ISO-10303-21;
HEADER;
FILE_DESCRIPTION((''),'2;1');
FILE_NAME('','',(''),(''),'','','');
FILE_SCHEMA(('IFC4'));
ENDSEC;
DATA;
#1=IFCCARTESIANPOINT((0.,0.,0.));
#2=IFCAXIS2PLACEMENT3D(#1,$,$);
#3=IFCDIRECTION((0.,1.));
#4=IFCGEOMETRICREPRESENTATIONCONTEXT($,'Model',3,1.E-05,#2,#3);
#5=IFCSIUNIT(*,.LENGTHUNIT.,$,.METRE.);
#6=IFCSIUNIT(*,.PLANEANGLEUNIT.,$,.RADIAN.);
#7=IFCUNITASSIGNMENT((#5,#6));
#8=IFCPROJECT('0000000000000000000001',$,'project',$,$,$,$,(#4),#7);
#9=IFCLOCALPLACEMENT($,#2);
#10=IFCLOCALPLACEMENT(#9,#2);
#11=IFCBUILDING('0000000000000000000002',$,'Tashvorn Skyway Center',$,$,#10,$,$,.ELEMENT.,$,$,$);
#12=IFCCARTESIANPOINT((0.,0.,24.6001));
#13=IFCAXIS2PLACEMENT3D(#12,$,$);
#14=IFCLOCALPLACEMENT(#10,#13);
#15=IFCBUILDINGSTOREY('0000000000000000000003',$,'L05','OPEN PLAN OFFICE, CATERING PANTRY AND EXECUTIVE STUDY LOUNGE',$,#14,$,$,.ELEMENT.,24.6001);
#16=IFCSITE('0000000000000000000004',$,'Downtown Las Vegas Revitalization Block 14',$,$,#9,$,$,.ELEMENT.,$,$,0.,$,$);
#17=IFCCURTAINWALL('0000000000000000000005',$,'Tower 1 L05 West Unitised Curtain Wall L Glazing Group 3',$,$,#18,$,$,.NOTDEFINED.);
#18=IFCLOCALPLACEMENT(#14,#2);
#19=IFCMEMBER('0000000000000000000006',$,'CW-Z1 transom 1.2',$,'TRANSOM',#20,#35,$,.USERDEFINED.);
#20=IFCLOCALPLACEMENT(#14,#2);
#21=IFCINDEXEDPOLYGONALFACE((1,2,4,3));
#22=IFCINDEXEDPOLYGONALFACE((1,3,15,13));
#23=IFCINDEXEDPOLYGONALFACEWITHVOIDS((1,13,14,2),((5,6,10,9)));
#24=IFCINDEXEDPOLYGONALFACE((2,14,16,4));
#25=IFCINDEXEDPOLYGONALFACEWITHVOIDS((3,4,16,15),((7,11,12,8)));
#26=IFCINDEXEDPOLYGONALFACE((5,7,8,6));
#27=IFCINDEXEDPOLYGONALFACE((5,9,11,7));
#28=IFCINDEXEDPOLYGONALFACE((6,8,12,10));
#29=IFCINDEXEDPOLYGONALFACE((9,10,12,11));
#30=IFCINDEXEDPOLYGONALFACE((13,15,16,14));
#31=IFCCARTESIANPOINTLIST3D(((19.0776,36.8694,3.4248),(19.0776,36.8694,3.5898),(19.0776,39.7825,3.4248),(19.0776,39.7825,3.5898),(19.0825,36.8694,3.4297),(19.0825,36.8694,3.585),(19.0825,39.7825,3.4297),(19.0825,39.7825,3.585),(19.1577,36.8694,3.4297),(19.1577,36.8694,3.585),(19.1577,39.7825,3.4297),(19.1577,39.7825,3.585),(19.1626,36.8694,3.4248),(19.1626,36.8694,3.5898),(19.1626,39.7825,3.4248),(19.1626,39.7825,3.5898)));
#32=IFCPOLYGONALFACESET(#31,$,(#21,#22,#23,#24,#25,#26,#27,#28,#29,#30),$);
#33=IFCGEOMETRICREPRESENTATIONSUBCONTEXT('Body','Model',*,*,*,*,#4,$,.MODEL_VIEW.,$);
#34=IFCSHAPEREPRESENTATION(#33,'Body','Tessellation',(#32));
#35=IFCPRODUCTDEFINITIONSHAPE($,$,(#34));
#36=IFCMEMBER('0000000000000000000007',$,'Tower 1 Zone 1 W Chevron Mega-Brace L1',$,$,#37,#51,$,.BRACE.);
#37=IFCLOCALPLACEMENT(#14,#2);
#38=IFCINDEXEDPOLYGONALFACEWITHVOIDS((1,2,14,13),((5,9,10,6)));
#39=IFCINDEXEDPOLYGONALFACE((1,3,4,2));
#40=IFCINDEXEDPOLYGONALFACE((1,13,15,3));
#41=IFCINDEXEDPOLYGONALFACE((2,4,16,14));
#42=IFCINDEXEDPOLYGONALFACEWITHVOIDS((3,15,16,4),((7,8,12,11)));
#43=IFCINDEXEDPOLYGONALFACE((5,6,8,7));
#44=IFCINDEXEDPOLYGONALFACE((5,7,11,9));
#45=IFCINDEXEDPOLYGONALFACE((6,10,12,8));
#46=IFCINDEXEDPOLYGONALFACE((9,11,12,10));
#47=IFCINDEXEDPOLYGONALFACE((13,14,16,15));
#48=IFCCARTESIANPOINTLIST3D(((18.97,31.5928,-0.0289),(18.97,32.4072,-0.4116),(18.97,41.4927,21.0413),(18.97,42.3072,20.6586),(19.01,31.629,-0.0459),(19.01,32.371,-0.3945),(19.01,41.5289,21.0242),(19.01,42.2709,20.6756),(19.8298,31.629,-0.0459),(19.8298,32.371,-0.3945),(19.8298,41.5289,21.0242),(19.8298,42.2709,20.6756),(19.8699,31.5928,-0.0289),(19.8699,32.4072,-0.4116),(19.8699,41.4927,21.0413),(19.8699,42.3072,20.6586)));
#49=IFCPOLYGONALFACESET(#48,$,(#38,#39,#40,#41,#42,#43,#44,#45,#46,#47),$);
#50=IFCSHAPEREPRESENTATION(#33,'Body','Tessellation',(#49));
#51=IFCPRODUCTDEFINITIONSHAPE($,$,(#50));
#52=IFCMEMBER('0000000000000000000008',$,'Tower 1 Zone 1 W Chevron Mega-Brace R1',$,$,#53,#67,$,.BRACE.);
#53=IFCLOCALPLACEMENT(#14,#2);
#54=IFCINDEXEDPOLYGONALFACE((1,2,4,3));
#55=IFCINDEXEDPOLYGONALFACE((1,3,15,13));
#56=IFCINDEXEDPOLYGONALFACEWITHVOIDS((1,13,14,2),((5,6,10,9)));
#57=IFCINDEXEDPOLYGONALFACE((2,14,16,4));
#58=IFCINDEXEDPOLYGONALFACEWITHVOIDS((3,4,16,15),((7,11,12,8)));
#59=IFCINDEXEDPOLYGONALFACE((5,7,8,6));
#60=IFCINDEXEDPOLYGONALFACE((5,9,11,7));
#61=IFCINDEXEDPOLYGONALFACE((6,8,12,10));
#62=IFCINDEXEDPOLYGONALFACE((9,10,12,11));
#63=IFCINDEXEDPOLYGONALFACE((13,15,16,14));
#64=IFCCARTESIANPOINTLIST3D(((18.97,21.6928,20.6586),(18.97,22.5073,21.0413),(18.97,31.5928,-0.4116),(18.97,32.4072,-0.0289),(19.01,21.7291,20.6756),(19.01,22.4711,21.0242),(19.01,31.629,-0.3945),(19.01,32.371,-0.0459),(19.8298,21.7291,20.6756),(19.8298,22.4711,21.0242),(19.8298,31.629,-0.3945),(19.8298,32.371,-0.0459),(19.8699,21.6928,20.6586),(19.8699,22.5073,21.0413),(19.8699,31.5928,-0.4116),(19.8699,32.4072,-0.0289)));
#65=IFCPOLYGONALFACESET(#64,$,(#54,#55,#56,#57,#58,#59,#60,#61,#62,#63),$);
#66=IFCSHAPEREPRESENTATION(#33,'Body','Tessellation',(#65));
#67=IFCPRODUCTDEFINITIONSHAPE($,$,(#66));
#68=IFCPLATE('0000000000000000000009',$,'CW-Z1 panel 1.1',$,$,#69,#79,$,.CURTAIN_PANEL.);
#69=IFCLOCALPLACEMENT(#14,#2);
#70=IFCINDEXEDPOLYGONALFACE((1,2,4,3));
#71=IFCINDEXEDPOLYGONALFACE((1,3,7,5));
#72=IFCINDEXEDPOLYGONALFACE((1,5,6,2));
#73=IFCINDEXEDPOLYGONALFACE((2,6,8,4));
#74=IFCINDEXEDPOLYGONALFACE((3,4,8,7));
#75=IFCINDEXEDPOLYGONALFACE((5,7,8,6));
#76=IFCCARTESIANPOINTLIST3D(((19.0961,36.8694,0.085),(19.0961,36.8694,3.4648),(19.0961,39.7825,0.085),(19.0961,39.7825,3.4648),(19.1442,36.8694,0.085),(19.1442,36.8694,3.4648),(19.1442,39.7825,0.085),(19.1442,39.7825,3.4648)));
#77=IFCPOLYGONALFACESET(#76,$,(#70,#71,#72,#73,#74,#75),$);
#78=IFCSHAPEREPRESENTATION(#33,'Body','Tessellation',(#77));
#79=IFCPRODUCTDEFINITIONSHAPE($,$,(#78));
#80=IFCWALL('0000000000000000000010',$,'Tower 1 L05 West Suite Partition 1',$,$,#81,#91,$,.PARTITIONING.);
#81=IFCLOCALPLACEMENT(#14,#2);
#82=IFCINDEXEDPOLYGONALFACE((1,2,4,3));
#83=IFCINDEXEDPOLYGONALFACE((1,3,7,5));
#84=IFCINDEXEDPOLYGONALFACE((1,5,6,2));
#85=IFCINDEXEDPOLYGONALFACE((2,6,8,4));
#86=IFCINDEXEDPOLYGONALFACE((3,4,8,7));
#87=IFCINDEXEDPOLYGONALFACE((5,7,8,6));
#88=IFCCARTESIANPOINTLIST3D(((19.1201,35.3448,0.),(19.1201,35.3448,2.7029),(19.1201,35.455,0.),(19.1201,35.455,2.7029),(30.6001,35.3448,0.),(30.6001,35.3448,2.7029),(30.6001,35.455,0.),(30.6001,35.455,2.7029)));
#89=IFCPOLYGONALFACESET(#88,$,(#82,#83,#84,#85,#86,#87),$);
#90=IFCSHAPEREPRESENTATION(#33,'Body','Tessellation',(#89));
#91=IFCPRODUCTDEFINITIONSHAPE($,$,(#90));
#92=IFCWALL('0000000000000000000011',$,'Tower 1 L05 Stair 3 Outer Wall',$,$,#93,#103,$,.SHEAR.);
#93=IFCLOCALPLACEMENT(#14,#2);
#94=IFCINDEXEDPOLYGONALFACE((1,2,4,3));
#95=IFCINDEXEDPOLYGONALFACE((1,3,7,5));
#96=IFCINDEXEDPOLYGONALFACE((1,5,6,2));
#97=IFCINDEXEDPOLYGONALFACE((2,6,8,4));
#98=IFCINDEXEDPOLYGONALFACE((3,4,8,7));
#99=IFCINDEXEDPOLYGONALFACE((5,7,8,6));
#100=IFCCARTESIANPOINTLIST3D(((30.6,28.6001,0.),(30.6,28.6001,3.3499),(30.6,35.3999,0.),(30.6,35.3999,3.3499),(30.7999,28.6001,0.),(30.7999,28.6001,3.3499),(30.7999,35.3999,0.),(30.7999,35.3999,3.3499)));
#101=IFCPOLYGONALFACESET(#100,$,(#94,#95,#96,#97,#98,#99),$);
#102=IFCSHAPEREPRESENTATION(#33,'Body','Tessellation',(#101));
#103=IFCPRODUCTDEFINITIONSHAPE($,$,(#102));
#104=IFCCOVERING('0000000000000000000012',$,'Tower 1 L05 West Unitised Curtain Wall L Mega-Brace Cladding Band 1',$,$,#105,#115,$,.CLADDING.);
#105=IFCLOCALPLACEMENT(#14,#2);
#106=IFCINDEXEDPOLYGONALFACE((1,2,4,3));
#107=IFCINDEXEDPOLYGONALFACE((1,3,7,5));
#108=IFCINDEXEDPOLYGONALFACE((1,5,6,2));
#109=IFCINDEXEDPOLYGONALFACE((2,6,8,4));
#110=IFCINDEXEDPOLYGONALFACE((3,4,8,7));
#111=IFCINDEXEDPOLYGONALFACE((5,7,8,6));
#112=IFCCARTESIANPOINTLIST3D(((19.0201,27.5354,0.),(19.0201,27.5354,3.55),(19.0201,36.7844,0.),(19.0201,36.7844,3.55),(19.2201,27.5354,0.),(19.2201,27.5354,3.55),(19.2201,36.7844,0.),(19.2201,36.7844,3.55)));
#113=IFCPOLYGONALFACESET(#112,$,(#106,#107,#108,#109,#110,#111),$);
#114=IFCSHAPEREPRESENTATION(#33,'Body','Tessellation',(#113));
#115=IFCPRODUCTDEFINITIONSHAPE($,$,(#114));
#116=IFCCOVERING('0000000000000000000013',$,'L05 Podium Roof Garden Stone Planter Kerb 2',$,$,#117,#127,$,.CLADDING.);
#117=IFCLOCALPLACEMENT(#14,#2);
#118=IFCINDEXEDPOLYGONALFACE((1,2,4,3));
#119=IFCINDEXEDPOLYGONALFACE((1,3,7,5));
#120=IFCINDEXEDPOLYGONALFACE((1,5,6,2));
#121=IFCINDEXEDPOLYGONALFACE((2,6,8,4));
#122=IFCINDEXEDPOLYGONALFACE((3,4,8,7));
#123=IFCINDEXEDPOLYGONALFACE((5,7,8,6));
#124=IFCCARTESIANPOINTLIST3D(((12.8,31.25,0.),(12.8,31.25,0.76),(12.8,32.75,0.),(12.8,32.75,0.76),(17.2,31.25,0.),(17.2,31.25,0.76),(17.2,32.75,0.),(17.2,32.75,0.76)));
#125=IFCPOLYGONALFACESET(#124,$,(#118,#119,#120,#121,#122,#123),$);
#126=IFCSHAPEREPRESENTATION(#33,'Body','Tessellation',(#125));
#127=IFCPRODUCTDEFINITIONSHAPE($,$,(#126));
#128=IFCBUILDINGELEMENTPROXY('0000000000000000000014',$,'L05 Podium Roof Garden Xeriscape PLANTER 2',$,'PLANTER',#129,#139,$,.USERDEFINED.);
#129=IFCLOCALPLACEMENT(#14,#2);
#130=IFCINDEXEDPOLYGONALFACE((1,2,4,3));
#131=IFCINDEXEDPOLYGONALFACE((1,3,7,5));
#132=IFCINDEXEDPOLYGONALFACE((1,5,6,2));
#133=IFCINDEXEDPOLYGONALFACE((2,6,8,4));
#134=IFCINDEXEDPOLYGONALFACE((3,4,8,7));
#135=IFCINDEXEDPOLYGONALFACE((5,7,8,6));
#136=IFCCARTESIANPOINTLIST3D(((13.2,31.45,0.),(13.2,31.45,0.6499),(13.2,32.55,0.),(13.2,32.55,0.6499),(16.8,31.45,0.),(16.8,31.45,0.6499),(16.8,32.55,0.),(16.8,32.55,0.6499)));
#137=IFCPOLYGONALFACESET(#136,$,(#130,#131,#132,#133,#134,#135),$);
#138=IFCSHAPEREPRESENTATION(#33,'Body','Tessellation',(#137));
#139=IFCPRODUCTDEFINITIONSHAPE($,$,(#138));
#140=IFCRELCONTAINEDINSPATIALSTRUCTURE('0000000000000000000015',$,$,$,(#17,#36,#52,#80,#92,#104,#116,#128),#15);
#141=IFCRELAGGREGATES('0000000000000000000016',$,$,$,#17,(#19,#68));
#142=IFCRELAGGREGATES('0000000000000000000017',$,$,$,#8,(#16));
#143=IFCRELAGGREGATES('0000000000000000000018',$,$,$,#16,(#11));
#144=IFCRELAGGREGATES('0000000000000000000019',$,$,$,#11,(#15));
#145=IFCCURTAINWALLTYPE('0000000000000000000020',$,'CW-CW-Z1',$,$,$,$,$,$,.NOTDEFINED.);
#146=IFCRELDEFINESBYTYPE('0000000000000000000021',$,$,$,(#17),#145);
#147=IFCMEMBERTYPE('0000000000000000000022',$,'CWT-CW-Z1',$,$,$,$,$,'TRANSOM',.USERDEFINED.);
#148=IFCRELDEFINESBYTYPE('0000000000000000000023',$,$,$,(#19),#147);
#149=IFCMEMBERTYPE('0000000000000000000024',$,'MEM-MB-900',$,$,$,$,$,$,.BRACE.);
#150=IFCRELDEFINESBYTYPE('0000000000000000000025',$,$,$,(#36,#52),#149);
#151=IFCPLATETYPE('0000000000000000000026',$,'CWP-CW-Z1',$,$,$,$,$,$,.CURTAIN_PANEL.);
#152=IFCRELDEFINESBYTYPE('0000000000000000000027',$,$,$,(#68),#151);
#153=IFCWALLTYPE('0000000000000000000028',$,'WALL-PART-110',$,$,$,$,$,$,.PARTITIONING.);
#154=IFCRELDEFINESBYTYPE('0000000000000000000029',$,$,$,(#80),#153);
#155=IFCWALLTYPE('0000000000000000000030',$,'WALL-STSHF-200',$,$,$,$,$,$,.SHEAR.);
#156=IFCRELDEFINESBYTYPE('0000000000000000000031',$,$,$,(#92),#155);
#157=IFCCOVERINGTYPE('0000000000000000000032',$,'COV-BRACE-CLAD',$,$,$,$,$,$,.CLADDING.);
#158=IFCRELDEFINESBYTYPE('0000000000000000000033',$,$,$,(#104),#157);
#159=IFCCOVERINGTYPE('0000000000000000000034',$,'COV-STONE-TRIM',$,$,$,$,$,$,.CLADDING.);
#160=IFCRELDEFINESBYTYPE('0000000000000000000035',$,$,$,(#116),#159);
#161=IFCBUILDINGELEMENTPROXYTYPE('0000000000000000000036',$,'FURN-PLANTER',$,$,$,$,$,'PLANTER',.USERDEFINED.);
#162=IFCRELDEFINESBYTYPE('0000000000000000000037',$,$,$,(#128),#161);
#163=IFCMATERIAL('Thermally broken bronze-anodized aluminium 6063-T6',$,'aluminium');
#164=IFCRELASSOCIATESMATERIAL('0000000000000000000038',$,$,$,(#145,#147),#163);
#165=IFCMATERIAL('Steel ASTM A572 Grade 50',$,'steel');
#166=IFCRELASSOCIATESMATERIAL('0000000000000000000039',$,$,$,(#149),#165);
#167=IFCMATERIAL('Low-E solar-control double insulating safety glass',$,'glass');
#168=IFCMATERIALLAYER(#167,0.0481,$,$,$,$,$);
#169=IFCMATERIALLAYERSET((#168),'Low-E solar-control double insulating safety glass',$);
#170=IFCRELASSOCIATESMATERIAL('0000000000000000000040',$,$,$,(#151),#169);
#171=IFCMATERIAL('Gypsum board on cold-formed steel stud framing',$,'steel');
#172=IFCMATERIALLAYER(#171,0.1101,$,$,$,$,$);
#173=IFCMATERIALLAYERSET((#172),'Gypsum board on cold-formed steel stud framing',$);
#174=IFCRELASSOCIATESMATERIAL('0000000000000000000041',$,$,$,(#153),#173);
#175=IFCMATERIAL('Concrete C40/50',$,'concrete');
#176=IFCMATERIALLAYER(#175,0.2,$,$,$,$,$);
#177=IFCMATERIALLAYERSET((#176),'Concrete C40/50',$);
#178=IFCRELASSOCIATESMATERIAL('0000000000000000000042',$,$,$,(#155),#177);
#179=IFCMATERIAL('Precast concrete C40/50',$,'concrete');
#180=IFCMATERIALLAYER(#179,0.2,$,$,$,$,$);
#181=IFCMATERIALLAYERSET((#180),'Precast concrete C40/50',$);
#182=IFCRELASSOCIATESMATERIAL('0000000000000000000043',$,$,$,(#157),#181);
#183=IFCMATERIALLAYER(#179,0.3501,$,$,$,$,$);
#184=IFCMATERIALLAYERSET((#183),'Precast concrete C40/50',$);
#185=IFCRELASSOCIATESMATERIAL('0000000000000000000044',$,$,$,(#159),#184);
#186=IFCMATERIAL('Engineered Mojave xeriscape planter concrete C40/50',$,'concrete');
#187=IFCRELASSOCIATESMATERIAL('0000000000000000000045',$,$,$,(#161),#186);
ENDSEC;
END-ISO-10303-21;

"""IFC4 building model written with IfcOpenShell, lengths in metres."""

from ifc_helpers import new_model, si_unit, direction, frame, frame_2d, origin, origin_2d, place, context, subcontext, project, spatial, rectangle, hollow_rectangle, extrude, material, layer, layer_set, material_profile, profile_set, type_object, element, aggregate, save


model = new_model("IFC4")

# Units and contexts
model_context = context("Model", 3, precision=1e-05, world=origin(), true_north=direction((0.0, 1.0)))
body_context = subcontext(model_context, "Body", "Model", "MODEL_VIEW")
ifc_project = project(units=[si_unit("LENGTHUNIT", "METRE"), si_unit("PLANEANGLEUNIT", "RADIAN")], contexts=[model_context])

# Site, building, storey
site_placement = place(None, origin())
site = spatial("IfcSite", under=ifc_project, at=site_placement, Name="Downtown Las Vegas Revitalization Block 14", CompositionType="ELEMENT", RefElevation=0.0)
building_placement = place(site_placement, origin())
building = spatial("IfcBuilding", under=site, at=building_placement, Name="Tashvorn Skyway Center", CompositionType="ELEMENT")
storey_placement = place(building_placement, frame((0.0, 0.0, 24.6001)))
storey = spatial("IfcBuildingStorey", under=building, at=storey_placement, Name="L05", Description="OPEN PLAN OFFICE, CATERING PANTRY AND EXECUTIVE STUDY LOUNGE", CompositionType="ELEMENT", Elevation=24.6001)

# Shared definitions
ifc_material_1 = material(Name="Steel ASTM A572 Grade 50", Category="steel")

# Shared definitions
ifc_material_2 = material(Name="Thermally broken bronze-anodized aluminium 6063-T6", Category="aluminium")
curtain_wall_type = type_object("IfcCurtainWallType", Name="CW-CW-Z1", PredefinedType="NOTDEFINED", material=ifc_material_2)

# Curtain wall
curtain_wall_1_placement = place(storey_placement, origin())
curtain_wall_1 = element("IfcCurtainWall", 1, at=curtain_wall_1_placement, inside=storey, type_object=curtain_wall_type, Name="Tower 1 L05 West Unitised Curtain Wall L Glazing Group 3", PredefinedType="NOTDEFINED")

# Member
ifc_material_profile_1 = material_profile(ifc_material_2, hollow_rectangle(XDim=0.085, YDim=0.165, WallThickness=0.0049, at=origin_2d()), Name="ALU-TRAN-85x165")
ifc_profile_set_1 = profile_set([ifc_material_profile_1], Name="Thermally broken bronze-anodized aluminium 6063-T6")
member_type_1 = type_object("IfcMemberType", Name="CWT-CW-Z1", ElementType="TRANSOM", PredefinedType="USERDEFINED", material=ifc_profile_set_1)
member_1_placement = place(storey_placement, frame((19.1201, 36.8694, 3.5073), z_axis=(0.0, 1.0, 0.0), x_axis=(-1.0, 0.0, 0.0)))
member_1 = element("IfcMember", 2, at=member_1_placement, type_object=member_type_1, Name="CW-Z1 transom 1.2", ObjectType="TRANSOM", PredefinedType="USERDEFINED", context=body_context, shape_type="SweptSolid", body=[
    extrude(hollow_rectangle(XDim=0.085, YDim=0.165, WallThickness=0.0049, at=origin_2d()), origin(), (0.0, 0.0, 1.0), 2.9131),
])

# Members
ifc_material_profile_2 = material_profile(ifc_material_1, hollow_rectangle(XDim=0.8999, YDim=0.8999, WallThickness=0.04, at=origin_2d()), Name="BOX900x900x40")
ifc_profile_set_2 = profile_set([ifc_material_profile_2], Name="Steel ASTM A572 Grade 50")
member_type_2 = type_object("IfcMemberType", Name="MEM-MB-900", PredefinedType="BRACE", material=ifc_profile_set_2)
for number, where, z_axis, x_axis, name in (
    (3, (19.4199, 32.0, -0.2202), (0.0, 0.425255, 0.905074), (-1.0, 0.0, 0.0), "Tower 1 Zone 1 W Chevron Mega-Brace L1"),
    (4, (19.4199, 32.0, -0.2202), (0.0, -0.425255, 0.905074), (1.0, 0.0, 0.0), "Tower 1 Zone 1 W Chevron Mega-Brace R1"),
):
    element("IfcMember", number, at=place(storey_placement, frame(where, z_axis=z_axis, x_axis=x_axis)), inside=storey, type_object=member_type_2, Name=name, PredefinedType="BRACE", context=body_context, shape_type="SweptSolid", body=[
        extrude(hollow_rectangle(XDim=0.8999, YDim=0.8999, WallThickness=0.04, at=origin_2d()), origin(), (0.0, 0.0, 1.0), 23.28),
    ])

# Plate
ifc_material_3 = material(Name="Low-E solar-control double insulating safety glass", Category="glass")
ifc_layer_1 = layer(ifc_material_3, 0.0481)
ifc_layer_set_1 = layer_set([ifc_layer_1], Name="Low-E solar-control double insulating safety glass")
plate_type = type_object("IfcPlateType", Name="CWP-CW-Z1", PredefinedType="CURTAIN_PANEL", material=ifc_layer_set_1)
plate_placement = place(storey_placement, frame((19.1201, 38.3259, 0.085), z_axis=(0.0, 0.0, 1.0), x_axis=(0.0, 1.0, 0.0)))
plate = element("IfcPlate", 5, at=plate_placement, type_object=plate_type, Name="CW-Z1 panel 1.1", PredefinedType="CURTAIN_PANEL", context=body_context, shape_type="SweptSolid", body=[
    extrude(rectangle(XDim=2.9131, YDim=0.0481, at=origin_2d()), origin(), (0.0, 0.0, 1.0), 3.3799),
])
aggregate(curtain_wall_1, [member_1, plate])

# Shared definitions
ifc_material_4 = material(Name="Precast concrete C40/50", Category="concrete")

# Walls
ifc_material_5 = material(Name="Gypsum board on cold-formed steel stud framing", Category="steel")
ifc_layer_2 = layer(ifc_material_5, 0.1101)
ifc_layer_set_2 = layer_set([ifc_layer_2], Name="Gypsum board on cold-formed steel stud framing")
wall_type_1 = type_object("IfcWallType", Name="WALL-PART-110", PredefinedType="PARTITIONING", material=ifc_layer_set_2)
wall_1_placement = place(storey_placement, frame((30.6001, 35.3999, 0.0), z_axis=(0.0, 0.0, 1.0), x_axis=(-1.0, 0.0, 0.0)))
element("IfcWall", 6, at=wall_1_placement, inside=storey, type_object=wall_type_1, Name="Tower 1 L05 West Suite Partition 1", PredefinedType="PARTITIONING", context=body_context, shape_type="SweptSolid", body=[
    extrude(rectangle(XDim=11.48, YDim=0.1101, at=frame_2d((5.74, 0.0))), origin(), (0.0, 0.0, 1.0), 2.7029),
])
ifc_material_6 = material(Name="Concrete C40/50", Category="concrete")
ifc_layer_3 = layer(ifc_material_6, 0.2)
ifc_layer_set_3 = layer_set([ifc_layer_3], Name="Concrete C40/50")
wall_type_2 = type_object("IfcWallType", Name="WALL-STSHF-200", PredefinedType="SHEAR", material=ifc_layer_set_3)
wall_2_placement = place(storey_placement, frame((30.7, 28.6001, 0.0), z_axis=(0.0, 0.0, 1.0), x_axis=(0.0, 1.0, 0.0)))
element("IfcWall", 7, at=wall_2_placement, inside=storey, type_object=wall_type_2, Name="Tower 1 L05 Stair 3 Outer Wall", PredefinedType="SHEAR", context=body_context, shape_type="SweptSolid", body=[
    extrude(rectangle(XDim=6.7998, YDim=0.2, at=frame_2d((3.3999, 0.0))), origin(), (0.0, 0.0, 1.0), 3.3499),
])

# Coverings
ifc_layer_4 = layer(ifc_material_4, 0.2)
ifc_layer_set_4 = layer_set([ifc_layer_4], Name="Precast concrete C40/50")
covering_type_1 = type_object("IfcCoveringType", Name="COV-BRACE-CLAD", PredefinedType="CLADDING", material=ifc_layer_set_4)
covering_1_placement = place(storey_placement, frame((19.1201, 32.1599, 0.0), z_axis=(0.0, 0.0, 1.0), x_axis=(0.0, 1.0, 0.0)))
element("IfcCovering", 8, at=covering_1_placement, inside=storey, type_object=covering_type_1, Name="Tower 1 L05 West Unitised Curtain Wall L Mega-Brace Cladding Band 1", PredefinedType="CLADDING", context=body_context, shape_type="SweptSolid", body=[
    extrude(rectangle(XDim=9.249, YDim=0.2, at=origin_2d()), origin(), (0.0, 0.0, 1.0), 3.55),
])
ifc_layer_5 = layer(ifc_material_4, 0.3501)
ifc_layer_set_5 = layer_set([ifc_layer_5], Name="Precast concrete C40/50")
covering_type_2 = type_object("IfcCoveringType", Name="COV-STONE-TRIM", PredefinedType="CLADDING", material=ifc_layer_set_5)
covering_2_placement = place(storey_placement, frame((15.0, 32.0, 0.0), z_axis=(0.0, 0.0, 1.0), x_axis=(1.0, 0.0, 0.0)))
element("IfcCovering", 9, at=covering_2_placement, inside=storey, type_object=covering_type_2, Name="L05 Podium Roof Garden Stone Planter Kerb 2", PredefinedType="CLADDING", context=body_context, shape_type="SweptSolid", body=[
    extrude(rectangle(XDim=4.3999, YDim=1.5, at=origin_2d()), origin(), (0.0, 0.0, 1.0), 0.76),
])

# Building element proxy
ifc_material_7 = material(Name="Engineered Mojave xeriscape planter concrete C40/50", Category="concrete")
building_element_proxy_type = type_object("IfcBuildingElementProxyType", Name="FURN-PLANTER", ElementType="PLANTER", PredefinedType="USERDEFINED", material=ifc_material_7)
proxy_placement = place(storey_placement, frame((15.0, 32.0, 0.0), z_axis=(0.0, 0.0, 1.0), x_axis=(1.0, 0.0, 0.0)))
element("IfcBuildingElementProxy", 10, at=proxy_placement, inside=storey, type_object=building_element_proxy_type, Name="L05 Podium Roof Garden Xeriscape PLANTER 2", ObjectType="PLANTER", PredefinedType="USERDEFINED", context=body_context, shape_type="SweptSolid", body=[
    extrude(rectangle(XDim=3.6001, YDim=1.1001, at=origin_2d()), origin(), (0.0, 0.0, 1.0), 0.6499),
])

save(model, "model.ifc")
